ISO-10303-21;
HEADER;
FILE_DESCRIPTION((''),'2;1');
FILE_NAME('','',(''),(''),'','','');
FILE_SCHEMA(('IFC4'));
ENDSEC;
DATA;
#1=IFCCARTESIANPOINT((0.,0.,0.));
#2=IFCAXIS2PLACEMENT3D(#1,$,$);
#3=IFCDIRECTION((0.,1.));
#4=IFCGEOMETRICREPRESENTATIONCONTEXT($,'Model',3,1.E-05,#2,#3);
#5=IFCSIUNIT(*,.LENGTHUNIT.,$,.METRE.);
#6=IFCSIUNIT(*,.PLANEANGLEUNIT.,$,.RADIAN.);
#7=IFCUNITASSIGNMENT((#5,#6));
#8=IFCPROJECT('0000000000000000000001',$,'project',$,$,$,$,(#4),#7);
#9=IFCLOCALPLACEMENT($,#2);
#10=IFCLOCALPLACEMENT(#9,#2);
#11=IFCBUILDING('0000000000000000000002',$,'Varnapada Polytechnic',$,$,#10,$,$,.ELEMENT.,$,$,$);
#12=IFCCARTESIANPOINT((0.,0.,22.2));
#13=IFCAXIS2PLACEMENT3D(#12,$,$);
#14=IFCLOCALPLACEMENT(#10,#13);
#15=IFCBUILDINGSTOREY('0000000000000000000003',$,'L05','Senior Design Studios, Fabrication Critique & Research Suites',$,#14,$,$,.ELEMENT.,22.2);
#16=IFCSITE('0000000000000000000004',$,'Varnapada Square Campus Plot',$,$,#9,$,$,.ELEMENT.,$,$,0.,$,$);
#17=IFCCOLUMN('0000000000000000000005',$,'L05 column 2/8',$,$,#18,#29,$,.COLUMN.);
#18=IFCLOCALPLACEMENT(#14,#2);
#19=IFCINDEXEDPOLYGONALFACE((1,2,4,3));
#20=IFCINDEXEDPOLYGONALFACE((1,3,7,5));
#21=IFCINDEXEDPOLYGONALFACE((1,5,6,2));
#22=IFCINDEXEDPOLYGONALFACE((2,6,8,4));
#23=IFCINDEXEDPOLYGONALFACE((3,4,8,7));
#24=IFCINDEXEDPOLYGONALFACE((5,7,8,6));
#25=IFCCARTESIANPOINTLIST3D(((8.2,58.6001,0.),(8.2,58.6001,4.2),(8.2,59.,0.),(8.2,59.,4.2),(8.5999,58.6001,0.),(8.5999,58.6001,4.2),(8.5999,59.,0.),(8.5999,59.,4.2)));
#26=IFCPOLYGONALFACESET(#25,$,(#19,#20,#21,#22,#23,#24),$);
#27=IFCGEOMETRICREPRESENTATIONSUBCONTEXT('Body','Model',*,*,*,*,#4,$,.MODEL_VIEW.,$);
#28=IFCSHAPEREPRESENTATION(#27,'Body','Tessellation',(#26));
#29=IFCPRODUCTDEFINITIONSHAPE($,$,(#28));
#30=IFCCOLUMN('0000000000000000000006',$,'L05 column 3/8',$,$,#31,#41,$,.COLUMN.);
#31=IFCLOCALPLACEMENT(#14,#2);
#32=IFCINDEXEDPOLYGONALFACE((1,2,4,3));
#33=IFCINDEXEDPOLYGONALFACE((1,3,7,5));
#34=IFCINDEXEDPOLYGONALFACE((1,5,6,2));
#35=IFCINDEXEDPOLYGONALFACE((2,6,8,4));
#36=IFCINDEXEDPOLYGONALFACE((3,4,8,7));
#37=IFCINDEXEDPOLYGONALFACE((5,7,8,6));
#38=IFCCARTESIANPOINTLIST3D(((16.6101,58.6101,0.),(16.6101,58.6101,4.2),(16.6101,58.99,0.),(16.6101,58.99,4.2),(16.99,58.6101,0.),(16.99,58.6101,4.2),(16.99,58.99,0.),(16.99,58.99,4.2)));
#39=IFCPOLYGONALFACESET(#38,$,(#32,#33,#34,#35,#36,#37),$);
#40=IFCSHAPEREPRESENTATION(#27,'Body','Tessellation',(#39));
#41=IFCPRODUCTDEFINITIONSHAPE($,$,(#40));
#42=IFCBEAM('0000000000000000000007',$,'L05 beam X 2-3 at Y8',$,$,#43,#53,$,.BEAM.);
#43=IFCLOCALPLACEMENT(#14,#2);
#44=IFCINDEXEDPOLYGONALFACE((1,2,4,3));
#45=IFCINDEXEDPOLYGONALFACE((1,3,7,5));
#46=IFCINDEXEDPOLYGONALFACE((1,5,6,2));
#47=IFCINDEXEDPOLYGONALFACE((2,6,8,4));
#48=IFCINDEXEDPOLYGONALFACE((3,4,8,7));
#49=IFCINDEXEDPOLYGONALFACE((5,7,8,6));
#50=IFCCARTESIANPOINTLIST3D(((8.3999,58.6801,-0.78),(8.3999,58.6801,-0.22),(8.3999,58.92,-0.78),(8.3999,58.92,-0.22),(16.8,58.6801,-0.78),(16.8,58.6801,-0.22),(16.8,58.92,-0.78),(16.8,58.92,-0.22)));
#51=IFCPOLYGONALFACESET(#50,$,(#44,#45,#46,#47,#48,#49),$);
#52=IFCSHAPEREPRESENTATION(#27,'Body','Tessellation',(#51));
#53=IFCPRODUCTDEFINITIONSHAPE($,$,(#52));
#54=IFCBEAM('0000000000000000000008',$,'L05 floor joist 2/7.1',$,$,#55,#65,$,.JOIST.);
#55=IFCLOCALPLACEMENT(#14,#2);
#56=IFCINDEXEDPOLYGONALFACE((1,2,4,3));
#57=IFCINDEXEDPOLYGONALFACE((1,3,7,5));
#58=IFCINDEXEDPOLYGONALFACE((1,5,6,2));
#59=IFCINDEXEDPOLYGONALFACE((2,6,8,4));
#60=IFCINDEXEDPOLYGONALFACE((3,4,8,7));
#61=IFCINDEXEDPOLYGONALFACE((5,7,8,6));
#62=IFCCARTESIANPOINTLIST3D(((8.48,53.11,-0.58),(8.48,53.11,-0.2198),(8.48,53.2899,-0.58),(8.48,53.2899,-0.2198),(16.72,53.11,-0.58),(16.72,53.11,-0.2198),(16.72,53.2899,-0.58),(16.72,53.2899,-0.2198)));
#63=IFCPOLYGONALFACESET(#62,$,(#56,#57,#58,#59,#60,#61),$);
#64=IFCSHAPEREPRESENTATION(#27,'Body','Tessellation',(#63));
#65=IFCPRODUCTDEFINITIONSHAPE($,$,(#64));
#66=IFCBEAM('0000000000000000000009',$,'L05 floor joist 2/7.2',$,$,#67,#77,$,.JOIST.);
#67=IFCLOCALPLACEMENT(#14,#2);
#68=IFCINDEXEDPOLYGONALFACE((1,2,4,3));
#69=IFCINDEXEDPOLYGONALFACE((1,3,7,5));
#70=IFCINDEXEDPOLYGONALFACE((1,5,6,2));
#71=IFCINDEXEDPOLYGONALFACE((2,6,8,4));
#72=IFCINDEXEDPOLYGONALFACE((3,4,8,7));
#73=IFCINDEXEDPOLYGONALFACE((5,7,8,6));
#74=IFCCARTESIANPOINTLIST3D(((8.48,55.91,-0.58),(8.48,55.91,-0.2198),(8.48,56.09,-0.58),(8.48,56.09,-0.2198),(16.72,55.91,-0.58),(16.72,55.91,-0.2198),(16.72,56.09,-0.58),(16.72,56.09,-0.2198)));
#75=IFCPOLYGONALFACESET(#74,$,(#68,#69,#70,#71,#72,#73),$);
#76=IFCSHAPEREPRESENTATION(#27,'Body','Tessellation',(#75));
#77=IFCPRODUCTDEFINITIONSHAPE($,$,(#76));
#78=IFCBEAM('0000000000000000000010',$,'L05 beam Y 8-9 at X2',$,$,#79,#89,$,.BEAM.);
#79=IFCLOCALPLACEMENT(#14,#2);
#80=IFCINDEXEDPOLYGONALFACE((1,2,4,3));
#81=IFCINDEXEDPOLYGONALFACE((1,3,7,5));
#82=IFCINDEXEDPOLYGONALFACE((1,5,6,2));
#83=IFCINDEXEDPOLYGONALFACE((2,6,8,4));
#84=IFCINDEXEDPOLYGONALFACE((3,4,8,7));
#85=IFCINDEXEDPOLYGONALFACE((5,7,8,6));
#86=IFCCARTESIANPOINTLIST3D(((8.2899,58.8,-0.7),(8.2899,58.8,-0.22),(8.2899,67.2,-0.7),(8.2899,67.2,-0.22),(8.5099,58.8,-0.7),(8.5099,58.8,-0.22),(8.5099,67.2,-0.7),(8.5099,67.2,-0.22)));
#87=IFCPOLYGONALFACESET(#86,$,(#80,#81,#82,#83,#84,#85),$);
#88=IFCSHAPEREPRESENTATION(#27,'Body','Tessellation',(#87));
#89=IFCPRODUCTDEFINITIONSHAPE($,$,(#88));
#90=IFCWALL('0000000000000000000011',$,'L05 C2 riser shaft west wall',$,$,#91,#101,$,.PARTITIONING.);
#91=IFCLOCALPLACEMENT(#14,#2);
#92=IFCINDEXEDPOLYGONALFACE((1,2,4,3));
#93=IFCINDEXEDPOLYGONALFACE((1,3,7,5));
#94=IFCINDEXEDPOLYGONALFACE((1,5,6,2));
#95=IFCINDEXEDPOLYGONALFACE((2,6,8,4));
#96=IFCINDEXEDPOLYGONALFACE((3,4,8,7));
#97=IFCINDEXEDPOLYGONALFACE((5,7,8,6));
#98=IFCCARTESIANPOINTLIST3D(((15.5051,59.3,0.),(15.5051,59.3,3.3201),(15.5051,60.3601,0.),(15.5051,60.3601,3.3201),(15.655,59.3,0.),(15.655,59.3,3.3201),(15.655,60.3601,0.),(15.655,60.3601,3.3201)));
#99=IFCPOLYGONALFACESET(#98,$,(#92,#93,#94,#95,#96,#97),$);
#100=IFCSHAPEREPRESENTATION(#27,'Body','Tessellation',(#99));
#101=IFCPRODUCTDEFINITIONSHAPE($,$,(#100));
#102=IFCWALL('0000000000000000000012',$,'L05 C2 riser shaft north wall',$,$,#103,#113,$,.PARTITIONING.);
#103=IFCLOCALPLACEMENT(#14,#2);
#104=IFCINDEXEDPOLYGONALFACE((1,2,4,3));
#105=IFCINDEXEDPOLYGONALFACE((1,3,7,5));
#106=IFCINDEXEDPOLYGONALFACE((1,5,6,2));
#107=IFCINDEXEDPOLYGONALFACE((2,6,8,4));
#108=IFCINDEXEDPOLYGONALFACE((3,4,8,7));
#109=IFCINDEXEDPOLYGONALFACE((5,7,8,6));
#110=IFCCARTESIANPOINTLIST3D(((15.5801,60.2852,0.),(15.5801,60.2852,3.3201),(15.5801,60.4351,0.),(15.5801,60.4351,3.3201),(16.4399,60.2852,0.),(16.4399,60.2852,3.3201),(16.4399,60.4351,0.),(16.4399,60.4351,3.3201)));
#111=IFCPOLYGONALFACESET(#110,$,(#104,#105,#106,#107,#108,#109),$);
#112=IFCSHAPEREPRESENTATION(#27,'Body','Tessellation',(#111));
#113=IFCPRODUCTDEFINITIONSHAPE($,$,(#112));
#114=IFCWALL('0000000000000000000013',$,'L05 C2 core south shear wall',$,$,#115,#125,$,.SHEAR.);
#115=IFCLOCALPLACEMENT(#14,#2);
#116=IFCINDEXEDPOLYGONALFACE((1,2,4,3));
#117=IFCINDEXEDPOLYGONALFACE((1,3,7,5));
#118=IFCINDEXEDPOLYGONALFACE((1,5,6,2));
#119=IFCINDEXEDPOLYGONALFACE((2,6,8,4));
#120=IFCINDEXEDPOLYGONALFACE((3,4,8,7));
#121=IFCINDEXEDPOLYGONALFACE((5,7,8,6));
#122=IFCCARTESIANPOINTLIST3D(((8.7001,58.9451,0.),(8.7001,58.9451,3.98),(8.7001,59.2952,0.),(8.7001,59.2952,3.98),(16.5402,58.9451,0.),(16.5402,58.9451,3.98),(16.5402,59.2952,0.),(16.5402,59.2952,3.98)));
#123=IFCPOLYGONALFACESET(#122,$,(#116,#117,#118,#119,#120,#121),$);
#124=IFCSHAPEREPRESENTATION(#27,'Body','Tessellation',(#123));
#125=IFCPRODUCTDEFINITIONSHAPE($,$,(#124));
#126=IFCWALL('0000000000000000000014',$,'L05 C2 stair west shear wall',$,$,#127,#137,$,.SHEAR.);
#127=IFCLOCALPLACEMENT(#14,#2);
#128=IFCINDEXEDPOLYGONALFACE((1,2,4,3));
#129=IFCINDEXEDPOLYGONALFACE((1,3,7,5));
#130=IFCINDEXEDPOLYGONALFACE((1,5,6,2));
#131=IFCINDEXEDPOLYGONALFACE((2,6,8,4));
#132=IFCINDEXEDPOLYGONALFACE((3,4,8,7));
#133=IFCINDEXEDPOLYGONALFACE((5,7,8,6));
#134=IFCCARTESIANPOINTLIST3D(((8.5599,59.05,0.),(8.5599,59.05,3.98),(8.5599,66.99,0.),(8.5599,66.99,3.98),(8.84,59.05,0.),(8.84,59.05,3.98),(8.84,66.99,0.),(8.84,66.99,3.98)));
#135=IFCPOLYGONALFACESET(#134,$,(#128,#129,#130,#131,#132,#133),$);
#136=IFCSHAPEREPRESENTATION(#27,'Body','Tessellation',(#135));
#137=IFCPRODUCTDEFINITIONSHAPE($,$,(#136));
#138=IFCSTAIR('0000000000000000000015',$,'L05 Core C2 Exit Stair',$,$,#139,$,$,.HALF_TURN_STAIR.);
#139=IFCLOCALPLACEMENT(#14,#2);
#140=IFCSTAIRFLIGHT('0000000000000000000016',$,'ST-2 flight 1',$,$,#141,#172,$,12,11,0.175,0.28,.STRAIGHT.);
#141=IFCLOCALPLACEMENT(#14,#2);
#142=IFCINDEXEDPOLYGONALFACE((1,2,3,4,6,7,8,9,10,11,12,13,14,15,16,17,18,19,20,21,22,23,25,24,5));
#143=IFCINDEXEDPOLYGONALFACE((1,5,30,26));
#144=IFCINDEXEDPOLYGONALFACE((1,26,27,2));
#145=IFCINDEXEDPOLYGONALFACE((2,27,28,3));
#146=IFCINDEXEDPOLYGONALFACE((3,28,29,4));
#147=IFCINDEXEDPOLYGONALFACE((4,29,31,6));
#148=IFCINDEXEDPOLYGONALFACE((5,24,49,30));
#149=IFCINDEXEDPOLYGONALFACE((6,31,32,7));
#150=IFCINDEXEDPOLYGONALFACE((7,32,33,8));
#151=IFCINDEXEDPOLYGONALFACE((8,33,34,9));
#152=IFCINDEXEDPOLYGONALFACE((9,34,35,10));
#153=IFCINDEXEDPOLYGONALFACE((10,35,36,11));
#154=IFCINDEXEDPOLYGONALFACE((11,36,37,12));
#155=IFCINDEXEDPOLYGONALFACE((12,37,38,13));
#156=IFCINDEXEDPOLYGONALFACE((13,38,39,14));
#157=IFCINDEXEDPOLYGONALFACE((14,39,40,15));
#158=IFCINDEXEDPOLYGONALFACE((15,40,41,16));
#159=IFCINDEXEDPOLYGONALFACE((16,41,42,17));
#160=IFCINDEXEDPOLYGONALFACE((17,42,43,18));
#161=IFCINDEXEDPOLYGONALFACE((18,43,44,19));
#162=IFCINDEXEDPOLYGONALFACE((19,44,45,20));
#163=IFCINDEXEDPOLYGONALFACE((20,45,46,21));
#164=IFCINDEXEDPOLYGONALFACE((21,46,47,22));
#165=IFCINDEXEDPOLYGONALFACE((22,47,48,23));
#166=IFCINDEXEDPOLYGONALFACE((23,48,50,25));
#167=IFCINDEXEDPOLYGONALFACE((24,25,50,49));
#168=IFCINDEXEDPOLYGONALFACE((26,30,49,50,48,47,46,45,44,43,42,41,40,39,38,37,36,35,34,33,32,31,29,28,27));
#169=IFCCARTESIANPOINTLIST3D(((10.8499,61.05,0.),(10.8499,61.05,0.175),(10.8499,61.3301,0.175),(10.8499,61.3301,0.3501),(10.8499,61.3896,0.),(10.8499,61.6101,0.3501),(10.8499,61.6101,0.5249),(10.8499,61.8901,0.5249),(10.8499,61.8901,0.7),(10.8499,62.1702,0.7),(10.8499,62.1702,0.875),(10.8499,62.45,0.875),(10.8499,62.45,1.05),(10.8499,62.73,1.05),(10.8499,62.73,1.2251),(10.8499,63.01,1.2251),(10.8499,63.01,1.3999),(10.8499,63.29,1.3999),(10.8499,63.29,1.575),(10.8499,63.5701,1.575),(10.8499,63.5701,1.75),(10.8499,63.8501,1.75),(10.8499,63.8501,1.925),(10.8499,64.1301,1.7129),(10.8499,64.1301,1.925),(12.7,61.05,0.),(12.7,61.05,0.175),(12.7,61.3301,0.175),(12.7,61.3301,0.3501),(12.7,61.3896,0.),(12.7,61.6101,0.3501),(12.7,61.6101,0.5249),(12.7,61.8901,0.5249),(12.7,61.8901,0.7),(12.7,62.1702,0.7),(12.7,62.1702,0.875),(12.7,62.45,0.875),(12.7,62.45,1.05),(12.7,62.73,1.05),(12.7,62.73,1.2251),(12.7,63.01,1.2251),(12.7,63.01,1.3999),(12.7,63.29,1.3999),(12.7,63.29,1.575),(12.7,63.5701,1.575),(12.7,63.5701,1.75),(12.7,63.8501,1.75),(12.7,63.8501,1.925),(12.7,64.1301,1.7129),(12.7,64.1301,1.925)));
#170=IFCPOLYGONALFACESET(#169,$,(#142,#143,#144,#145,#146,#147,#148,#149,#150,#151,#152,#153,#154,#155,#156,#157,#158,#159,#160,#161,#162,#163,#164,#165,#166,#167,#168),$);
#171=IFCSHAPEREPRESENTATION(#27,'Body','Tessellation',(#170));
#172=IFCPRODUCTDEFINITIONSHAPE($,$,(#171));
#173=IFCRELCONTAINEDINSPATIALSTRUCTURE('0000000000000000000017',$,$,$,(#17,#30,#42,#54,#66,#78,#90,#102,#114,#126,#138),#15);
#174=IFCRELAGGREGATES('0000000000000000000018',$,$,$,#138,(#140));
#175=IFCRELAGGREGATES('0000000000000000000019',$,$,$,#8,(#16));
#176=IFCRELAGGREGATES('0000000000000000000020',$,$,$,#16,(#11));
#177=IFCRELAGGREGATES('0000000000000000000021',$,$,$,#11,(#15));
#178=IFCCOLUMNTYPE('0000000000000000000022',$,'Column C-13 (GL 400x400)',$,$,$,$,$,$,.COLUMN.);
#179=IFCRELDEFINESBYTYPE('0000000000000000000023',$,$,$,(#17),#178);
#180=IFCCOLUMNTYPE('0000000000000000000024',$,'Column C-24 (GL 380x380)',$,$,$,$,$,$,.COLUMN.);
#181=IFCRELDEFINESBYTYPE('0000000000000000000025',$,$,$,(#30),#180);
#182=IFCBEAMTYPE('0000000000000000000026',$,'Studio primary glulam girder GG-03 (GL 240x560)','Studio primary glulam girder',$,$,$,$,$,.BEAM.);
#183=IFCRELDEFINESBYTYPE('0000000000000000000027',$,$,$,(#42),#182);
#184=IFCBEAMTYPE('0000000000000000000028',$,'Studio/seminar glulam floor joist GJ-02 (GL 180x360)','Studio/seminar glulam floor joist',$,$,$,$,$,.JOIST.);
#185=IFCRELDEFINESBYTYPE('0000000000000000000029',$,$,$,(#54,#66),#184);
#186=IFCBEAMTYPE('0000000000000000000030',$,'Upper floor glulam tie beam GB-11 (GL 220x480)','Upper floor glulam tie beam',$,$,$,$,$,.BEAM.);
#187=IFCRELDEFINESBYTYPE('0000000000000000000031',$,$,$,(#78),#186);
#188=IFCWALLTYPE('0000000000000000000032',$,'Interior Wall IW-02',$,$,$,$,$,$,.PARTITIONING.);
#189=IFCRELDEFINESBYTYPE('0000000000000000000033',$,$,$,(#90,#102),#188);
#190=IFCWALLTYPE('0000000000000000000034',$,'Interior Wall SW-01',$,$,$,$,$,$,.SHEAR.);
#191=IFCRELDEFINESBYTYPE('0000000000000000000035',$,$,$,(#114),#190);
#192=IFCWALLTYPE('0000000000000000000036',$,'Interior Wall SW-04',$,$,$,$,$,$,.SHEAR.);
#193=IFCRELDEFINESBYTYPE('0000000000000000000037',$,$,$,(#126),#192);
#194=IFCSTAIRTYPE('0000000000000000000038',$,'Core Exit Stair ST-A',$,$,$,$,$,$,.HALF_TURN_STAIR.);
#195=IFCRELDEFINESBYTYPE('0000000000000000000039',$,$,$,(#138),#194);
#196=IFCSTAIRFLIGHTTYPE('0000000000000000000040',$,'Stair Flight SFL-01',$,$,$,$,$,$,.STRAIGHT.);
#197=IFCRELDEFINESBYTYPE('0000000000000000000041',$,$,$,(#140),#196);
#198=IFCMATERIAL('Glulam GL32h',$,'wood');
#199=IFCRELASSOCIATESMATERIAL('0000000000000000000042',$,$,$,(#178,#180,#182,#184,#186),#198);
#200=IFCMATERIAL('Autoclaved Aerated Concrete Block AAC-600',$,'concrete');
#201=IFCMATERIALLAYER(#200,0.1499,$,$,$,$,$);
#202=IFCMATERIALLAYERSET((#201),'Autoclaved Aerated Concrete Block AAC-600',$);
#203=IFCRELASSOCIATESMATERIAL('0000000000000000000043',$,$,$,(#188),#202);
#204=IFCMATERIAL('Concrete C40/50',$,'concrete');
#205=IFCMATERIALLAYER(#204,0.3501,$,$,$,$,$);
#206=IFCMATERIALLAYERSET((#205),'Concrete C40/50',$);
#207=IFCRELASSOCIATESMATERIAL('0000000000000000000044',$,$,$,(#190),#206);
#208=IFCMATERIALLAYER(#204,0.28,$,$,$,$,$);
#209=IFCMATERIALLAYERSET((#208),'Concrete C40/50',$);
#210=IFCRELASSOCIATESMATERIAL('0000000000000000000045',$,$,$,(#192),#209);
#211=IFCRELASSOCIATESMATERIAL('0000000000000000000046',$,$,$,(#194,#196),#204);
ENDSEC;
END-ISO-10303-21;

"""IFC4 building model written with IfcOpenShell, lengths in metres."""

from ifc_helpers import new_model, si_unit, direction, frame, frame_2d, origin, origin_2d, place, context, subcontext, project, spatial, polyline, rectangle, outline, extrude, material, layer, layer_set, material_profile, profile_set, type_object, element, aggregate, save


model = new_model("IFC4")

# Units and contexts
model_context = context("Model", 3, precision=1e-05, world=origin(), true_north=direction((0.0, 1.0)))
body_context = subcontext(model_context, "Body", "Model", "MODEL_VIEW")
ifc_project = project(units=[si_unit("LENGTHUNIT", "METRE"), si_unit("PLANEANGLEUNIT", "RADIAN")], contexts=[model_context])

# Site, building, storey
site_placement = place(None, origin())
site = spatial("IfcSite", under=ifc_project, at=site_placement, Name="Varnapada Square Campus Plot", CompositionType="ELEMENT", RefElevation=0.0)
building_placement = place(site_placement, origin())
building = spatial("IfcBuilding", under=site, at=building_placement, Name="Varnapada Polytechnic", CompositionType="ELEMENT")
storey_placement = place(building_placement, frame((0.0, 0.0, 22.2)))
storey = spatial("IfcBuildingStorey", under=building, at=storey_placement, Name="L05", Description="Senior Design Studios, Fabrication Critique & Research Suites", CompositionType="ELEMENT", Elevation=22.2)

# Columns
ifc_material_1 = material(Name="Glulam GL32h", Category="wood")
ifc_material_profile_1 = material_profile(ifc_material_1, rectangle(XDim=0.3999, YDim=0.3999, at=origin_2d()), Name="GL 400x400")
ifc_profile_set_1 = profile_set([ifc_material_profile_1], Name="Glulam GL32h")
column_type_1 = type_object("IfcColumnType", Name="Column C-13 (GL 400x400)", PredefinedType="COLUMN", material=ifc_profile_set_1)
column_1_placement = place(storey_placement, frame((8.3999, 58.8, 0.0), z_axis=(0.0, 0.0, 1.0), x_axis=(1.0, 0.0, 0.0)))
element("IfcColumn", 1, at=column_1_placement, inside=storey, type_object=column_type_1, Name="L05 column 2/8", PredefinedType="COLUMN", context=body_context, shape_type="SweptSolid", body=[
    extrude(rectangle(XDim=0.3999, YDim=0.3999, at=origin_2d()), origin(), (0.0, 0.0, 1.0), 4.2),
])
ifc_material_profile_2 = material_profile(ifc_material_1, rectangle(XDim=0.3799, YDim=0.3799, at=origin_2d()), Name="GL 380x380")
ifc_profile_set_2 = profile_set([ifc_material_profile_2], Name="Glulam GL32h")
column_type_2 = type_object("IfcColumnType", Name="Column C-24 (GL 380x380)", PredefinedType="COLUMN", material=ifc_profile_set_2)
column_2_placement = place(storey_placement, frame((16.8, 58.8, 0.0), z_axis=(0.0, 0.0, 1.0), x_axis=(1.0, 0.0, 0.0)))
element("IfcColumn", 2, at=column_2_placement, inside=storey, type_object=column_type_2, Name="L05 column 3/8", PredefinedType="COLUMN", context=body_context, shape_type="SweptSolid", body=[
    extrude(rectangle(XDim=0.3799, YDim=0.3799, at=origin_2d()), origin(), (0.0, 0.0, 1.0), 4.2),
])

# Beams
ifc_material_profile_3 = material_profile(ifc_material_1, rectangle(XDim=0.24, YDim=0.5601, at=origin_2d()), Name="GL 240x560")
ifc_profile_set_3 = profile_set([ifc_material_profile_3], Name="Glulam GL32h")
beam_type_1 = type_object("IfcBeamType", Name="Studio primary glulam girder GG-03 (GL 240x560)", Description="Studio primary glulam girder", PredefinedType="BEAM", material=ifc_profile_set_3)
beam_1_placement = place(storey_placement, frame((8.3999, 58.8, -0.5), z_axis=(1.0, 0.0, 0.0), x_axis=(0.0, 1.0, 0.0)))
element("IfcBeam", 3, at=beam_1_placement, inside=storey, type_object=beam_type_1, Name="L05 beam X 2-3 at Y8", PredefinedType="BEAM", context=body_context, shape_type="SweptSolid", body=[
    extrude(rectangle(XDim=0.24, YDim=0.5601, at=origin_2d()), origin(), (0.0, 0.0, 1.0), 8.4001),
])
ifc_material_profile_4 = material_profile(ifc_material_1, rectangle(XDim=0.1799, YDim=0.3601, at=origin_2d()), Name="GL 180x360")
ifc_profile_set_4 = profile_set([ifc_material_profile_4], Name="Glulam GL32h")
beam_type_2 = type_object("IfcBeamType", Name="Studio/seminar glulam floor joist GJ-02 (GL 180x360)", Description="Studio/seminar glulam floor joist", PredefinedType="JOIST", material=ifc_profile_set_4)
for number, where, z_axis, x_axis, name in (
    (4, (8.48, 53.2, -0.3999), (1.0, 0.0, 0.0), (0.0, 1.0, 0.0), "L05 floor joist 2/7.1"),
    (5, (8.48, 56.0, -0.3999), (1.0, 0.0, 0.0), (0.0, 1.0, 0.0), "L05 floor joist 2/7.2"),
):
    element("IfcBeam", number, at=place(storey_placement, frame(where, z_axis=z_axis, x_axis=x_axis)), inside=storey, type_object=beam_type_2, Name=name, PredefinedType="JOIST", context=body_context, shape_type="SweptSolid", body=[
        extrude(rectangle(XDim=0.1799, YDim=0.3601, at=origin_2d()), origin(), (0.0, 0.0, 1.0), 8.24),
    ])
ifc_material_profile_5 = material_profile(ifc_material_1, rectangle(XDim=0.22, YDim=0.48, at=origin_2d()), Name="GL 220x480")
ifc_profile_set_5 = profile_set([ifc_material_profile_5], Name="Glulam GL32h")
beam_type_3 = type_object("IfcBeamType", Name="Upper floor glulam tie beam GB-11 (GL 220x480)", Description="Upper floor glulam tie beam", PredefinedType="BEAM", material=ifc_profile_set_5)
beam_2_placement = place(storey_placement, frame((8.3999, 58.8, -0.46), z_axis=(0.0, 1.0, 0.0), x_axis=(-1.0, 0.0, 0.0)))
element("IfcBeam", 6, at=beam_2_placement, inside=storey, type_object=beam_type_3, Name="L05 beam Y 8-9 at X2", PredefinedType="BEAM", context=body_context, shape_type="SweptSolid", body=[
    extrude(rectangle(XDim=0.22, YDim=0.48, at=origin_2d()), origin(), (0.0, 0.0, 1.0), 8.3999),
])

# Walls
ifc_material_2 = material(Name="Autoclaved Aerated Concrete Block AAC-600", Category="concrete")
ifc_layer_1 = layer(ifc_material_2, 0.1499)
ifc_layer_set_1 = layer_set([ifc_layer_1], Name="Autoclaved Aerated Concrete Block AAC-600")
wall_type_1 = type_object("IfcWallType", Name="Interior Wall IW-02", PredefinedType="PARTITIONING", material=ifc_layer_set_1)
wall_1_placement = place(storey_placement, frame((15.5801, 60.3601, 0.0), z_axis=(0.0, 0.0, 1.0), x_axis=(0.0, -1.0, 0.0)))
element("IfcWall", 7, at=wall_1_placement, inside=storey, type_object=wall_type_1, Name="L05 C2 riser shaft west wall", PredefinedType="PARTITIONING", context=body_context, shape_type="SweptSolid", body=[
    extrude(rectangle(XDim=1.0601, YDim=0.1499, at=frame_2d((0.53, 0.0))), origin(), (0.0, 0.0, 1.0), 3.3201),
])
wall_2_placement = place(storey_placement, frame((15.5801, 60.3601, 0.0), z_axis=(0.0, 0.0, 1.0), x_axis=(1.0, 0.0, 0.0)))
element("IfcWall", 8, at=wall_2_placement, inside=storey, type_object=wall_type_1, Name="L05 C2 riser shaft north wall", PredefinedType="PARTITIONING", context=body_context, shape_type="SweptSolid", body=[
    extrude(rectangle(XDim=0.8599, YDim=0.1499, at=frame_2d((0.4299, 0.0))), origin(), (0.0, 0.0, 1.0), 3.3201),
])
ifc_material_3 = material(Name="Concrete C40/50", Category="concrete")
ifc_layer_2 = layer(ifc_material_3, 0.3501)
ifc_layer_set_2 = layer_set([ifc_layer_2], Name="Concrete C40/50")
wall_type_2 = type_object("IfcWallType", Name="Interior Wall SW-01", PredefinedType="SHEAR", material=ifc_layer_set_2)
wall_3_placement = place(storey_placement, frame((16.54, 59.1201, 0.0), z_axis=(0.0, 0.0, 1.0), x_axis=(-1.0, 0.0, 0.0)))
element("IfcWall", 9, at=wall_3_placement, inside=storey, type_object=wall_type_2, Name="L05 C2 core south shear wall", PredefinedType="SHEAR", context=body_context, shape_type="SweptSolid", body=[
    extrude(rectangle(XDim=7.8401, YDim=0.3501, at=frame_2d((3.9199, 0.0))), origin(), (0.0, 0.0, 1.0), 3.98),
])

# Wall
ifc_layer_3 = layer(ifc_material_3, 0.28)
ifc_layer_set_3 = layer_set([ifc_layer_3], Name="Concrete C40/50")
wall_type_3 = type_object("IfcWallType", Name="Interior Wall SW-04", PredefinedType="SHEAR", material=ifc_layer_set_3)
wall_4_placement = place(storey_placement, frame((8.7, 59.05, 0.0), z_axis=(0.0, 0.0, 1.0), x_axis=(0.0, 1.0, 0.0)))
element("IfcWall", 10, at=wall_4_placement, inside=storey, type_object=wall_type_3, Name="L05 C2 stair west shear wall", PredefinedType="SHEAR", context=body_context, shape_type="SweptSolid", body=[
    extrude(rectangle(XDim=7.9399, YDim=0.28, at=frame_2d((3.97, 0.0))), origin(), (0.0, 0.0, 1.0), 3.98),
])

# Stair, stair flight
stair_type = type_object("IfcStairType", Name="Core Exit Stair ST-A", PredefinedType="HALF_TURN_STAIR", material=ifc_material_3)
stair_placement = place(storey_placement, origin())
stair = element("IfcStair", 11, at=stair_placement, inside=storey, type_object=stair_type, Name="L05 Core C2 Exit Stair", PredefinedType="HALF_TURN_STAIR")
stair_flight_type = type_object("IfcStairFlightType", Name="Stair Flight SFL-01", PredefinedType="STRAIGHT", material=ifc_material_3)
stair_flight_placement = place(storey_placement, frame((11.7749, 61.05, 0.0), z_axis=(0.0, 0.0, 1.0), x_axis=(0.0, 1.0, 0.0)))
stair_flight = element("IfcStairFlight", 12, at=stair_flight_placement, type_object=stair_flight_type, Name="ST-2 flight 1", NumberOfRisers=12, NumberOfTreads=11, PredefinedType="STRAIGHT", RiserHeight=0.175, TreadLength=0.28, context=body_context, shape_type="SweptSolid", body=[
    extrude(outline(polyline([(0.0, 0.0), (0.0, 0.175), (0.28, 0.175), (0.28, 0.3501), (0.5601, 0.3501), (0.5601, 0.5249), (0.8401, 0.5249), (0.8401, 0.7), (1.1201, 0.7), (1.1201, 0.875), (1.3999, 0.875), (1.3999, 1.05), (1.6799, 1.05), (1.6799, 1.2251), (1.96, 1.2251), (1.96, 1.3999), (2.24, 1.3999), (2.24, 1.575), (2.52, 1.575), (2.52, 1.75), (2.8, 1.75), (2.8, 1.925), (3.0801, 1.925), (3.0801, 2.1001), (3.0801, 1.7129), (0.3396, 0.0), (0.0, 0.0)])), frame((0.0, 0.925, 0.0), z_axis=(0.0, -1.0, 0.0), x_axis=(1.0, 0.0, 0.0)), (0.0, 0.0, 1.0), 1.8501),
])
aggregate(stair, [stair_flight])

save(model, "model.ifc")
